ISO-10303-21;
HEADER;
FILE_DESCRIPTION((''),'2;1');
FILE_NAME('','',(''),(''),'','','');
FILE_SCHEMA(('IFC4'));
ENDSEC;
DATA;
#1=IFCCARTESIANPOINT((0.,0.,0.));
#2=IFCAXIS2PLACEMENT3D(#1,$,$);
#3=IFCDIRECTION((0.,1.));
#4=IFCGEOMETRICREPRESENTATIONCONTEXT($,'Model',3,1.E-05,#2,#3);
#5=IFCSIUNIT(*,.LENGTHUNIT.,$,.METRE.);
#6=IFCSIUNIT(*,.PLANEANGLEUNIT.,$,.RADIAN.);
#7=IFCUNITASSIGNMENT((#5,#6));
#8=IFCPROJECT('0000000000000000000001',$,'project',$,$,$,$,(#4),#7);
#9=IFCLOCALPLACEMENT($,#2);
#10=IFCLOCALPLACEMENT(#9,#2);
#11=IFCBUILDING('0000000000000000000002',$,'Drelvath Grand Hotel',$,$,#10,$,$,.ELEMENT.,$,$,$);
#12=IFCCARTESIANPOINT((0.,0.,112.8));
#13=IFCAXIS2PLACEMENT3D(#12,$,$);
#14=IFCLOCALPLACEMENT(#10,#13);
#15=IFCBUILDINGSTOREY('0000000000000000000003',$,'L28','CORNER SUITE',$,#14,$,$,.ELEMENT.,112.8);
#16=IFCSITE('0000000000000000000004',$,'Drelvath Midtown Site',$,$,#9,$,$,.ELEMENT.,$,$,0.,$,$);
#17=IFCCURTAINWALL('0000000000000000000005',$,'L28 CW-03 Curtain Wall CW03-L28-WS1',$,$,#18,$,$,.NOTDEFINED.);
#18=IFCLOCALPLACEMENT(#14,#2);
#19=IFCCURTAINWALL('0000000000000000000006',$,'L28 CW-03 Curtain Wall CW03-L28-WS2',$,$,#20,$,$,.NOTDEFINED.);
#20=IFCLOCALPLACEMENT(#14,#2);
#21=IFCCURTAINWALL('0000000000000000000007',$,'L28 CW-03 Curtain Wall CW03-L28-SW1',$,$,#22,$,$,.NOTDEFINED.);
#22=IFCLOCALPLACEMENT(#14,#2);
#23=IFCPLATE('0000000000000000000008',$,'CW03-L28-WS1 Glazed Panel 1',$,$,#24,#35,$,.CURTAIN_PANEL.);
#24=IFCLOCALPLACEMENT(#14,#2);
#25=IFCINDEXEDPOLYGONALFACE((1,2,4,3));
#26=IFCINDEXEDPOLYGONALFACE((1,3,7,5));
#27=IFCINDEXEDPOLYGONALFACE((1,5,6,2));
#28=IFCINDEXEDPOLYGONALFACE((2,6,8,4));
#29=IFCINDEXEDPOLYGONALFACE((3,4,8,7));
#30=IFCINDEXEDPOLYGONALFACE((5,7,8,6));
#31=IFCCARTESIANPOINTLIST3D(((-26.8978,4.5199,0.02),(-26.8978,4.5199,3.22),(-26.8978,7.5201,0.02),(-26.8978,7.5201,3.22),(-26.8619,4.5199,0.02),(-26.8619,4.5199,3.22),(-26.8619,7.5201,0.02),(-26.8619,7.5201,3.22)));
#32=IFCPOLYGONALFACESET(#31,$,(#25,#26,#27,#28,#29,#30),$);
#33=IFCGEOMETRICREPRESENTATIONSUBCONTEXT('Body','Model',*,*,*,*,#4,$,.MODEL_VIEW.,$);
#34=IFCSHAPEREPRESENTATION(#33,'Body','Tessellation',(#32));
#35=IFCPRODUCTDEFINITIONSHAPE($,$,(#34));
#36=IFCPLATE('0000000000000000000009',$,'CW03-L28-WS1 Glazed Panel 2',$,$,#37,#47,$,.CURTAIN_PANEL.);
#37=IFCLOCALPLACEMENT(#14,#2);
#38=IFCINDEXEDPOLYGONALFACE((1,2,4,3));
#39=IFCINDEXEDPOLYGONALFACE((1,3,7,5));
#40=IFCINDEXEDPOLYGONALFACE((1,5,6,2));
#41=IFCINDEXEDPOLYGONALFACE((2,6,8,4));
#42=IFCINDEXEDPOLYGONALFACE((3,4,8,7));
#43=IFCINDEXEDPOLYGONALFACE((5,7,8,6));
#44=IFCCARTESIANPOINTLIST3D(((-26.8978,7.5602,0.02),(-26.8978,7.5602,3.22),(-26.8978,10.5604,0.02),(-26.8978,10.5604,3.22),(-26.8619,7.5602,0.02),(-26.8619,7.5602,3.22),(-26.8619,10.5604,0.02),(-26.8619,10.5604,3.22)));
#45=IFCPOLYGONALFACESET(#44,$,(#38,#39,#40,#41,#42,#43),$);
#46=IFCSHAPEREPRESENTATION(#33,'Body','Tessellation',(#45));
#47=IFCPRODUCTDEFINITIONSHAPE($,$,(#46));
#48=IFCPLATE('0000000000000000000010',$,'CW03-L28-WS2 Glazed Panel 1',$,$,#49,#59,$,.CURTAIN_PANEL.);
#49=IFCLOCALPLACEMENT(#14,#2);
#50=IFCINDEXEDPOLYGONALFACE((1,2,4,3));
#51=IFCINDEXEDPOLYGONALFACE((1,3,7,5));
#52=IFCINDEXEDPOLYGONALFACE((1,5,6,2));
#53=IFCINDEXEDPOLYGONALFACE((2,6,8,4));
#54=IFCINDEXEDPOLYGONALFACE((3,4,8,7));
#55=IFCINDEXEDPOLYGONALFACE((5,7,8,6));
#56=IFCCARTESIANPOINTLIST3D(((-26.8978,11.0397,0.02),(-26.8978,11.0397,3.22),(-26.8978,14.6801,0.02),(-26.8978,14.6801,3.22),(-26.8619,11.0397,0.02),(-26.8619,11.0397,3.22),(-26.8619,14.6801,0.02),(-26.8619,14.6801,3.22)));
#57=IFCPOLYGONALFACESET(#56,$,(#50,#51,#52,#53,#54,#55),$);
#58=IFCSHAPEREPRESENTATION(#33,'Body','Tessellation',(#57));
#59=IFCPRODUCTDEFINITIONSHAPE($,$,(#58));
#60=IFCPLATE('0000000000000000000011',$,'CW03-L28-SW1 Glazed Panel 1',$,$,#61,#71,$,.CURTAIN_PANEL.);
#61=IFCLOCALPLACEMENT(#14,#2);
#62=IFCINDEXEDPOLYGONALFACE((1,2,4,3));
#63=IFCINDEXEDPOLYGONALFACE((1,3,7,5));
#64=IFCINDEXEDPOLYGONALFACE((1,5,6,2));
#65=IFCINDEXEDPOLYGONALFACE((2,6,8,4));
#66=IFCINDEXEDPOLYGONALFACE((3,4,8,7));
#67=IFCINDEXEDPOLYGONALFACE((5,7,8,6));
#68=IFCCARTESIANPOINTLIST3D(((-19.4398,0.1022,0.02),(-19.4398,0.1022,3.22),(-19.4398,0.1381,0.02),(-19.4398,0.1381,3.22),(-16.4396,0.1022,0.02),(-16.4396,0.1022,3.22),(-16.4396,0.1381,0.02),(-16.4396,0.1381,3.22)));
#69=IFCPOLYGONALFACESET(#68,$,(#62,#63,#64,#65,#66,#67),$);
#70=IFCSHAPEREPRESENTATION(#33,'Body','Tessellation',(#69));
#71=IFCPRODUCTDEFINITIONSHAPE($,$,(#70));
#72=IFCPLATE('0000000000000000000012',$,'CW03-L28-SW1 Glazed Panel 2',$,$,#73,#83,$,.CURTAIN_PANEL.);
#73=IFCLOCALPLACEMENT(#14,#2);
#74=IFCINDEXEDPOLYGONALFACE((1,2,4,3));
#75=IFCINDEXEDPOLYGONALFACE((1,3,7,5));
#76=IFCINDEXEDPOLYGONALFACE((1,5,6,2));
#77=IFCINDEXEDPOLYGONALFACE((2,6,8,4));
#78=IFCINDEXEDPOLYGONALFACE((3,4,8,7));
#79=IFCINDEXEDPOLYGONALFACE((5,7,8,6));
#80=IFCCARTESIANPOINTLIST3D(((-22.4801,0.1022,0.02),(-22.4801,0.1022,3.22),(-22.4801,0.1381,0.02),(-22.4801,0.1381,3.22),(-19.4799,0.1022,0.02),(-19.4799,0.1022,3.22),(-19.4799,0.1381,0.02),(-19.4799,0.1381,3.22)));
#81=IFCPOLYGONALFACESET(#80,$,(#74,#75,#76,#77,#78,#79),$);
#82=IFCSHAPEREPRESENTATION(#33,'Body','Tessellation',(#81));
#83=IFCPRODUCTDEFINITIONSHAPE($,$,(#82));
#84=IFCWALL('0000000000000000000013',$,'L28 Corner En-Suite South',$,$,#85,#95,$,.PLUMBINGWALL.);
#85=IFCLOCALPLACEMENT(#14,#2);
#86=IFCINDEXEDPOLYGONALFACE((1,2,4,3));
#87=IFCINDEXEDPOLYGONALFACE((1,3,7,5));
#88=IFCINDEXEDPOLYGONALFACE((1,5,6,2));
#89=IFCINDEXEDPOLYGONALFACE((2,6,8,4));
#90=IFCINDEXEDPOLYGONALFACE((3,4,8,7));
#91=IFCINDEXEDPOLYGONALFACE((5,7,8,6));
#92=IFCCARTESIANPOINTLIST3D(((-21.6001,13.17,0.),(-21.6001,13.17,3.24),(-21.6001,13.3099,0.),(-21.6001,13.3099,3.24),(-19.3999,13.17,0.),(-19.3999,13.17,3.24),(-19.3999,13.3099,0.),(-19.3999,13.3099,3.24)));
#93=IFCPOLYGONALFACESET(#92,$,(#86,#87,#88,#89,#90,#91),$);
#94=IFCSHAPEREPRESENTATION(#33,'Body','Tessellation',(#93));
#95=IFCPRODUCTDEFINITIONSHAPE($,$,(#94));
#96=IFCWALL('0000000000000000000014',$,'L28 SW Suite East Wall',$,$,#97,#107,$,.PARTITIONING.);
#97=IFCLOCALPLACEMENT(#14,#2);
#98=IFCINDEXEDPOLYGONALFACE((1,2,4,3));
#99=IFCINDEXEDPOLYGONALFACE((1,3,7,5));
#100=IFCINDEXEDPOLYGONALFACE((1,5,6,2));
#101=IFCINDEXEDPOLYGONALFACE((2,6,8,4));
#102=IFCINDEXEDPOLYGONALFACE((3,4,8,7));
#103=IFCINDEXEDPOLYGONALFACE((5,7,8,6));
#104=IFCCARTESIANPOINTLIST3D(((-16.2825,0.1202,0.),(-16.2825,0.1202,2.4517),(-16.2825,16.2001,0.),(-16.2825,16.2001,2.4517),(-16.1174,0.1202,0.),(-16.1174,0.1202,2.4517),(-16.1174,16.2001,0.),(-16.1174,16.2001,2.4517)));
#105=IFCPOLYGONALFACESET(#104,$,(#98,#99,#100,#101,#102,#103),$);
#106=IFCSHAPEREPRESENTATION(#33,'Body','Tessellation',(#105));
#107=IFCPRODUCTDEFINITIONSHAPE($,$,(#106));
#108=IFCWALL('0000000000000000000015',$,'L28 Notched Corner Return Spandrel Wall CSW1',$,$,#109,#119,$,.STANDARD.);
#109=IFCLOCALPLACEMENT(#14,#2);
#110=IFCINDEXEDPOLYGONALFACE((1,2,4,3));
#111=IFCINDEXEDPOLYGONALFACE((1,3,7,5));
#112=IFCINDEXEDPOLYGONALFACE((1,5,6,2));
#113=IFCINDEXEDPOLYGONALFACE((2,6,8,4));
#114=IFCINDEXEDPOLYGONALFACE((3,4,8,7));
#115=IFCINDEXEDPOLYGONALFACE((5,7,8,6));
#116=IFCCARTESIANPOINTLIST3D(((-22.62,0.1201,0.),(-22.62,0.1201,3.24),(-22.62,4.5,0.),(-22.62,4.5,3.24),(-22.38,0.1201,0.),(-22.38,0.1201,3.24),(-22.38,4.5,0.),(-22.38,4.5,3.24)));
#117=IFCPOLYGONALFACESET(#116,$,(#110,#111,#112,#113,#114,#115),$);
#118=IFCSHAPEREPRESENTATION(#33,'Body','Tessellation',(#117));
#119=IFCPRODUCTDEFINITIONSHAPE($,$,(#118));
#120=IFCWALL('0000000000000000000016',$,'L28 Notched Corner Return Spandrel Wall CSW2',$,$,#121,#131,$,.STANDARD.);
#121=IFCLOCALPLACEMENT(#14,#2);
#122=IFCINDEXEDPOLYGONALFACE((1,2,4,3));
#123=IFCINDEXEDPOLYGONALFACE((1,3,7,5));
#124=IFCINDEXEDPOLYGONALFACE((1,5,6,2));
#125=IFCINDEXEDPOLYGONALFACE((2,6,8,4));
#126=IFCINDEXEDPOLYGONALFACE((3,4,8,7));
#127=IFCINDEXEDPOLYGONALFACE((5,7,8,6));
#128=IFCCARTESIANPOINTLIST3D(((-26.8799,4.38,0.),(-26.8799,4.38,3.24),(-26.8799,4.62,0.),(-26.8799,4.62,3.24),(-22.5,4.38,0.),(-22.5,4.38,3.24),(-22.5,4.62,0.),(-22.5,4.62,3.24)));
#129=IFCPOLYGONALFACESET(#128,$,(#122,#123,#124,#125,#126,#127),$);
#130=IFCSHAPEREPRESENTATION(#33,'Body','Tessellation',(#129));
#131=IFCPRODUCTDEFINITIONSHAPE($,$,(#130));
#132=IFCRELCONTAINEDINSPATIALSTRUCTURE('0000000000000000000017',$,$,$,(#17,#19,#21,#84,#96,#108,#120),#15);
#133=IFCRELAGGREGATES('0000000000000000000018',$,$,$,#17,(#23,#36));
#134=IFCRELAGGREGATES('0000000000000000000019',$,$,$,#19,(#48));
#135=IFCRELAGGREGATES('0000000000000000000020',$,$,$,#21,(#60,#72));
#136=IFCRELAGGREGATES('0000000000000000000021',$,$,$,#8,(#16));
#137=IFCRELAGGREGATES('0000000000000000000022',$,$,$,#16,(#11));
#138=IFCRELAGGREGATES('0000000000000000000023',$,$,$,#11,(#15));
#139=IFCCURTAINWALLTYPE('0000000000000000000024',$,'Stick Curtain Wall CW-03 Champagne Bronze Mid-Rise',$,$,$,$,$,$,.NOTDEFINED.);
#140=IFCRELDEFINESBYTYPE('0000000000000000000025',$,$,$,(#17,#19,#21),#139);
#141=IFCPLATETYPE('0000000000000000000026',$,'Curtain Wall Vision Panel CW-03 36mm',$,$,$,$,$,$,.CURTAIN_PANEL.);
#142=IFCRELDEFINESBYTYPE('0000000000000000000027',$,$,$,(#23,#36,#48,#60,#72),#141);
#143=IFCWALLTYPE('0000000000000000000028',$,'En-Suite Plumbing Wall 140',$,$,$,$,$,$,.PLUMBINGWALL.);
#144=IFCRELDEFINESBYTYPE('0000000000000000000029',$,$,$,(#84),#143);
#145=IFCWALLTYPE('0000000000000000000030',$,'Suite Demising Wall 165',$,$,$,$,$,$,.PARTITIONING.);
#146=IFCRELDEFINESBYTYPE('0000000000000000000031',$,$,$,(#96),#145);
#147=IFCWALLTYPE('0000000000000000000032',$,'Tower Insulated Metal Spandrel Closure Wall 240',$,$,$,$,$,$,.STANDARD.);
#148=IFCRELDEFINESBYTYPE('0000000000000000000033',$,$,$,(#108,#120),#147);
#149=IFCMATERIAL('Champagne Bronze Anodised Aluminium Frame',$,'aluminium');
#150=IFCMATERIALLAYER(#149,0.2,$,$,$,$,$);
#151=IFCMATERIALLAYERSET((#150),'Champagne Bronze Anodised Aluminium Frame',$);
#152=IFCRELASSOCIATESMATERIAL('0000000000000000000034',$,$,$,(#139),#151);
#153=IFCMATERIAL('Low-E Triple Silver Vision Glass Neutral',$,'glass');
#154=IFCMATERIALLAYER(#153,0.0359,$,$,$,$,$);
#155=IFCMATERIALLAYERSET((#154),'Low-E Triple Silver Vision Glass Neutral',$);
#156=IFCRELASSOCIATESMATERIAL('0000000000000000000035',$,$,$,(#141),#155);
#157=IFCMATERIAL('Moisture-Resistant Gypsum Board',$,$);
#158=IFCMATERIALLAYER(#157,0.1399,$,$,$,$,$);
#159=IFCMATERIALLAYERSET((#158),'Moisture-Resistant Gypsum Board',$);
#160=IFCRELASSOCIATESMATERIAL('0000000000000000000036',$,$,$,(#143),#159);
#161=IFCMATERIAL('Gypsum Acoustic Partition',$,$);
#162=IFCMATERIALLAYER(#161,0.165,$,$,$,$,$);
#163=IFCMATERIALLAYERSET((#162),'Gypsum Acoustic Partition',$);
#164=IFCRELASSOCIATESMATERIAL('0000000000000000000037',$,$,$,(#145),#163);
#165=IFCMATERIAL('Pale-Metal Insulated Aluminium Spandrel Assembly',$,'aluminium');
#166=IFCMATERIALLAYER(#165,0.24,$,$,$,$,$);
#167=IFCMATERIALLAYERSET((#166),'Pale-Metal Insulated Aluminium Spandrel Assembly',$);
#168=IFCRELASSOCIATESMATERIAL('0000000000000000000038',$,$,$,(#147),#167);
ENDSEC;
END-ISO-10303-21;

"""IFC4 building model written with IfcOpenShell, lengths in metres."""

from ifc_helpers import new_model, si_unit, direction, frame, frame_2d, origin, origin_2d, place, context, subcontext, project, spatial, rectangle, extrude, material, layer, layer_set, type_object, element, aggregate, save


model = new_model("IFC4")

# Units and contexts
model_context = context("Model", 3, precision=1e-05, world=origin(), true_north=direction((0.0, 1.0)))
body_context = subcontext(model_context, "Body", "Model", "MODEL_VIEW")
ifc_project = project(units=[si_unit("LENGTHUNIT", "METRE"), si_unit("PLANEANGLEUNIT", "RADIAN")], contexts=[model_context])

# Site, building, storey
site_placement = place(None, origin())
site = spatial("IfcSite", under=ifc_project, at=site_placement, Name="Drelvath Midtown Site", CompositionType="ELEMENT", RefElevation=0.0)
building_placement = place(site_placement, origin())
building = spatial("IfcBuilding", under=site, at=building_placement, Name="Drelvath Grand Hotel", CompositionType="ELEMENT")
storey_placement = place(building_placement, frame((0.0, 0.0, 112.8)))
storey = spatial("IfcBuildingStorey", under=building, at=storey_placement, Name="L28", Description="CORNER SUITE", CompositionType="ELEMENT", Elevation=112.8)

# Curtain walls
ifc_material_1 = material(Name="Champagne Bronze Anodised Aluminium Frame", Category="aluminium")
ifc_layer_1 = layer(ifc_material_1, 0.2)
ifc_layer_set_1 = layer_set([ifc_layer_1], Name="Champagne Bronze Anodised Aluminium Frame")
curtain_wall_type = type_object("IfcCurtainWallType", Name="Stick Curtain Wall CW-03 Champagne Bronze Mid-Rise", PredefinedType="NOTDEFINED", material=ifc_layer_set_1)
curtain_wall_1_placement = place(storey_placement, origin())
curtain_wall_1 = element("IfcCurtainWall", 1, at=curtain_wall_1_placement, inside=storey, type_object=curtain_wall_type, Name="L28 CW-03 Curtain Wall CW03-L28-WS1", PredefinedType="NOTDEFINED")
curtain_wall_2_placement = place(storey_placement, origin())
curtain_wall_2 = element("IfcCurtainWall", 2, at=curtain_wall_2_placement, inside=storey, type_object=curtain_wall_type, Name="L28 CW-03 Curtain Wall CW03-L28-WS2", PredefinedType="NOTDEFINED")
curtain_wall_3_placement = place(storey_placement, origin())
curtain_wall_3 = element("IfcCurtainWall", 3, at=curtain_wall_3_placement, inside=storey, type_object=curtain_wall_type, Name="L28 CW-03 Curtain Wall CW03-L28-SW1", PredefinedType="NOTDEFINED")

# Plates
ifc_material_2 = material(Name="Low-E Triple Silver Vision Glass Neutral", Category="glass")
ifc_layer_2 = layer(ifc_material_2, 0.0359)
ifc_layer_set_2 = layer_set([ifc_layer_2], Name="Low-E Triple Silver Vision Glass Neutral")
plate_type = type_object("IfcPlateType", Name="Curtain Wall Vision Panel CW-03 36mm", PredefinedType="CURTAIN_PANEL", material=ifc_layer_set_2)
plate_1_placement = place(storey_placement, frame((-26.8799, 6.02, 0.02), z_axis=(0.0, 0.0, 1.0), x_axis=(0.0, 1.0, 0.0)))
plate_1 = element("IfcPlate", 4, at=plate_1_placement, type_object=plate_type, Name="CW03-L28-WS1 Glazed Panel 1", PredefinedType="CURTAIN_PANEL", context=body_context, shape_type="SweptSolid", body=[
    extrude(rectangle(XDim=3.0002, YDim=0.0359, at=origin_2d()), origin(), (0.0, 0.0, 1.0), 3.2),
])
plate_2_placement = place(storey_placement, frame((-26.8799, 9.0603, 0.02), z_axis=(0.0, 0.0, 1.0), x_axis=(0.0, 1.0, 0.0)))
plate_2 = element("IfcPlate", 5, at=plate_2_placement, type_object=plate_type, Name="CW03-L28-WS1 Glazed Panel 2", PredefinedType="CURTAIN_PANEL", context=body_context, shape_type="SweptSolid", body=[
    extrude(rectangle(XDim=3.0002, YDim=0.0359, at=origin_2d()), origin(), (0.0, 0.0, 1.0), 3.2),
])
aggregate(curtain_wall_1, [plate_1, plate_2])
plate_3_placement = place(storey_placement, frame((-26.8799, 12.8599, 0.02), z_axis=(0.0, 0.0, 1.0), x_axis=(0.0, 1.0, 0.0)))
plate_3 = element("IfcPlate", 6, at=plate_3_placement, type_object=plate_type, Name="CW03-L28-WS2 Glazed Panel 1", PredefinedType="CURTAIN_PANEL", context=body_context, shape_type="SweptSolid", body=[
    extrude(rectangle(XDim=3.6404, YDim=0.0359, at=origin_2d()), origin(), (0.0, 0.0, 1.0), 3.2),
])
aggregate(curtain_wall_2, [plate_3])
plate_4_placement = place(storey_placement, frame((-17.9397, 0.1201, 0.02), z_axis=(0.0, 0.0, 1.0), x_axis=(-1.0, 0.0, 0.0)))
plate_4 = element("IfcPlate", 7, at=plate_4_placement, type_object=plate_type, Name="CW03-L28-SW1 Glazed Panel 1", PredefinedType="CURTAIN_PANEL", context=body_context, shape_type="SweptSolid", body=[
    extrude(rectangle(XDim=3.0002, YDim=0.0359, at=origin_2d()), origin(), (0.0, 0.0, 1.0), 3.2),
])
plate_5_placement = place(storey_placement, frame((-20.98, 0.1201, 0.02), z_axis=(0.0, 0.0, 1.0), x_axis=(-1.0, 0.0, 0.0)))
plate_5 = element("IfcPlate", 8, at=plate_5_placement, type_object=plate_type, Name="CW03-L28-SW1 Glazed Panel 2", PredefinedType="CURTAIN_PANEL", context=body_context, shape_type="SweptSolid", body=[
    extrude(rectangle(XDim=3.0002, YDim=0.0359, at=origin_2d()), origin(), (0.0, 0.0, 1.0), 3.2),
])
aggregate(curtain_wall_3, [plate_4, plate_5])

# Walls
ifc_material_3 = material(Name="Moisture-Resistant Gypsum Board")
ifc_layer_3 = layer(ifc_material_3, 0.1399)
ifc_layer_set_3 = layer_set([ifc_layer_3], Name="Moisture-Resistant Gypsum Board")
wall_type_1 = type_object("IfcWallType", Name="En-Suite Plumbing Wall 140", PredefinedType="PLUMBINGWALL", material=ifc_layer_set_3)
wall_1_placement = place(storey_placement, frame((-21.6001, 13.24, 0.0), z_axis=(0.0, 0.0, 1.0), x_axis=(1.0, 0.0, 0.0)))
element("IfcWall", 9, at=wall_1_placement, inside=storey, type_object=wall_type_1, Name="L28 Corner En-Suite South", PredefinedType="PLUMBINGWALL", context=body_context, shape_type="SweptSolid", body=[
    extrude(rectangle(XDim=2.2002, YDim=0.1399, at=frame_2d((1.1001, 0.0))), origin(), (0.0, 0.0, 1.0), 3.24),
])
ifc_material_4 = material(Name="Gypsum Acoustic Partition")
ifc_layer_4 = layer(ifc_material_4, 0.165)
ifc_layer_set_4 = layer_set([ifc_layer_4], Name="Gypsum Acoustic Partition")
wall_type_2 = type_object("IfcWallType", Name="Suite Demising Wall 165", PredefinedType="PARTITIONING", material=ifc_layer_set_4)
wall_2_placement = place(storey_placement, frame((-16.2, 0.1201, 0.0), z_axis=(0.0, 0.0, 1.0), x_axis=(0.0, 1.0, 0.0)))
element("IfcWall", 10, at=wall_2_placement, inside=storey, type_object=wall_type_2, Name="L28 SW Suite East Wall", PredefinedType="PARTITIONING", context=body_context, shape_type="SweptSolid", body=[
    extrude(rectangle(XDim=16.0798, YDim=0.165, at=frame_2d((8.04, 0.0))), origin(), (0.0, 0.0, 1.0), 2.4517),
])
ifc_material_5 = material(Name="Pale-Metal Insulated Aluminium Spandrel Assembly", Category="aluminium")
ifc_layer_5 = layer(ifc_material_5, 0.24)
ifc_layer_set_5 = layer_set([ifc_layer_5], Name="Pale-Metal Insulated Aluminium Spandrel Assembly")
wall_type_3 = type_object("IfcWallType", Name="Tower Insulated Metal Spandrel Closure Wall 240", PredefinedType="STANDARD", material=ifc_layer_set_5)
for number, where, z_axis, x_axis, name in (
    (11, (-22.5, 0.1201, 0.0), (0.0, 0.0, 1.0), (0.0, 1.0, 0.0), "L28 Notched Corner Return Spandrel Wall CSW1"),
    (12, (-22.5, 4.5, 0.0), (0.0, 0.0, 1.0), (-1.0, 0.0, 0.0), "L28 Notched Corner Return Spandrel Wall CSW2"),
):
    element("IfcWall", number, at=place(storey_placement, frame(where, z_axis=z_axis, x_axis=x_axis)), inside=storey, type_object=wall_type_3, Name=name, PredefinedType="STANDARD", context=body_context, shape_type="SweptSolid", body=[
        extrude(rectangle(XDim=4.3799, YDim=0.24, at=frame_2d((2.1899, 0.0))), origin(), (0.0, 0.0, 1.0), 3.24),
    ])

save(model, "model.ifc")
